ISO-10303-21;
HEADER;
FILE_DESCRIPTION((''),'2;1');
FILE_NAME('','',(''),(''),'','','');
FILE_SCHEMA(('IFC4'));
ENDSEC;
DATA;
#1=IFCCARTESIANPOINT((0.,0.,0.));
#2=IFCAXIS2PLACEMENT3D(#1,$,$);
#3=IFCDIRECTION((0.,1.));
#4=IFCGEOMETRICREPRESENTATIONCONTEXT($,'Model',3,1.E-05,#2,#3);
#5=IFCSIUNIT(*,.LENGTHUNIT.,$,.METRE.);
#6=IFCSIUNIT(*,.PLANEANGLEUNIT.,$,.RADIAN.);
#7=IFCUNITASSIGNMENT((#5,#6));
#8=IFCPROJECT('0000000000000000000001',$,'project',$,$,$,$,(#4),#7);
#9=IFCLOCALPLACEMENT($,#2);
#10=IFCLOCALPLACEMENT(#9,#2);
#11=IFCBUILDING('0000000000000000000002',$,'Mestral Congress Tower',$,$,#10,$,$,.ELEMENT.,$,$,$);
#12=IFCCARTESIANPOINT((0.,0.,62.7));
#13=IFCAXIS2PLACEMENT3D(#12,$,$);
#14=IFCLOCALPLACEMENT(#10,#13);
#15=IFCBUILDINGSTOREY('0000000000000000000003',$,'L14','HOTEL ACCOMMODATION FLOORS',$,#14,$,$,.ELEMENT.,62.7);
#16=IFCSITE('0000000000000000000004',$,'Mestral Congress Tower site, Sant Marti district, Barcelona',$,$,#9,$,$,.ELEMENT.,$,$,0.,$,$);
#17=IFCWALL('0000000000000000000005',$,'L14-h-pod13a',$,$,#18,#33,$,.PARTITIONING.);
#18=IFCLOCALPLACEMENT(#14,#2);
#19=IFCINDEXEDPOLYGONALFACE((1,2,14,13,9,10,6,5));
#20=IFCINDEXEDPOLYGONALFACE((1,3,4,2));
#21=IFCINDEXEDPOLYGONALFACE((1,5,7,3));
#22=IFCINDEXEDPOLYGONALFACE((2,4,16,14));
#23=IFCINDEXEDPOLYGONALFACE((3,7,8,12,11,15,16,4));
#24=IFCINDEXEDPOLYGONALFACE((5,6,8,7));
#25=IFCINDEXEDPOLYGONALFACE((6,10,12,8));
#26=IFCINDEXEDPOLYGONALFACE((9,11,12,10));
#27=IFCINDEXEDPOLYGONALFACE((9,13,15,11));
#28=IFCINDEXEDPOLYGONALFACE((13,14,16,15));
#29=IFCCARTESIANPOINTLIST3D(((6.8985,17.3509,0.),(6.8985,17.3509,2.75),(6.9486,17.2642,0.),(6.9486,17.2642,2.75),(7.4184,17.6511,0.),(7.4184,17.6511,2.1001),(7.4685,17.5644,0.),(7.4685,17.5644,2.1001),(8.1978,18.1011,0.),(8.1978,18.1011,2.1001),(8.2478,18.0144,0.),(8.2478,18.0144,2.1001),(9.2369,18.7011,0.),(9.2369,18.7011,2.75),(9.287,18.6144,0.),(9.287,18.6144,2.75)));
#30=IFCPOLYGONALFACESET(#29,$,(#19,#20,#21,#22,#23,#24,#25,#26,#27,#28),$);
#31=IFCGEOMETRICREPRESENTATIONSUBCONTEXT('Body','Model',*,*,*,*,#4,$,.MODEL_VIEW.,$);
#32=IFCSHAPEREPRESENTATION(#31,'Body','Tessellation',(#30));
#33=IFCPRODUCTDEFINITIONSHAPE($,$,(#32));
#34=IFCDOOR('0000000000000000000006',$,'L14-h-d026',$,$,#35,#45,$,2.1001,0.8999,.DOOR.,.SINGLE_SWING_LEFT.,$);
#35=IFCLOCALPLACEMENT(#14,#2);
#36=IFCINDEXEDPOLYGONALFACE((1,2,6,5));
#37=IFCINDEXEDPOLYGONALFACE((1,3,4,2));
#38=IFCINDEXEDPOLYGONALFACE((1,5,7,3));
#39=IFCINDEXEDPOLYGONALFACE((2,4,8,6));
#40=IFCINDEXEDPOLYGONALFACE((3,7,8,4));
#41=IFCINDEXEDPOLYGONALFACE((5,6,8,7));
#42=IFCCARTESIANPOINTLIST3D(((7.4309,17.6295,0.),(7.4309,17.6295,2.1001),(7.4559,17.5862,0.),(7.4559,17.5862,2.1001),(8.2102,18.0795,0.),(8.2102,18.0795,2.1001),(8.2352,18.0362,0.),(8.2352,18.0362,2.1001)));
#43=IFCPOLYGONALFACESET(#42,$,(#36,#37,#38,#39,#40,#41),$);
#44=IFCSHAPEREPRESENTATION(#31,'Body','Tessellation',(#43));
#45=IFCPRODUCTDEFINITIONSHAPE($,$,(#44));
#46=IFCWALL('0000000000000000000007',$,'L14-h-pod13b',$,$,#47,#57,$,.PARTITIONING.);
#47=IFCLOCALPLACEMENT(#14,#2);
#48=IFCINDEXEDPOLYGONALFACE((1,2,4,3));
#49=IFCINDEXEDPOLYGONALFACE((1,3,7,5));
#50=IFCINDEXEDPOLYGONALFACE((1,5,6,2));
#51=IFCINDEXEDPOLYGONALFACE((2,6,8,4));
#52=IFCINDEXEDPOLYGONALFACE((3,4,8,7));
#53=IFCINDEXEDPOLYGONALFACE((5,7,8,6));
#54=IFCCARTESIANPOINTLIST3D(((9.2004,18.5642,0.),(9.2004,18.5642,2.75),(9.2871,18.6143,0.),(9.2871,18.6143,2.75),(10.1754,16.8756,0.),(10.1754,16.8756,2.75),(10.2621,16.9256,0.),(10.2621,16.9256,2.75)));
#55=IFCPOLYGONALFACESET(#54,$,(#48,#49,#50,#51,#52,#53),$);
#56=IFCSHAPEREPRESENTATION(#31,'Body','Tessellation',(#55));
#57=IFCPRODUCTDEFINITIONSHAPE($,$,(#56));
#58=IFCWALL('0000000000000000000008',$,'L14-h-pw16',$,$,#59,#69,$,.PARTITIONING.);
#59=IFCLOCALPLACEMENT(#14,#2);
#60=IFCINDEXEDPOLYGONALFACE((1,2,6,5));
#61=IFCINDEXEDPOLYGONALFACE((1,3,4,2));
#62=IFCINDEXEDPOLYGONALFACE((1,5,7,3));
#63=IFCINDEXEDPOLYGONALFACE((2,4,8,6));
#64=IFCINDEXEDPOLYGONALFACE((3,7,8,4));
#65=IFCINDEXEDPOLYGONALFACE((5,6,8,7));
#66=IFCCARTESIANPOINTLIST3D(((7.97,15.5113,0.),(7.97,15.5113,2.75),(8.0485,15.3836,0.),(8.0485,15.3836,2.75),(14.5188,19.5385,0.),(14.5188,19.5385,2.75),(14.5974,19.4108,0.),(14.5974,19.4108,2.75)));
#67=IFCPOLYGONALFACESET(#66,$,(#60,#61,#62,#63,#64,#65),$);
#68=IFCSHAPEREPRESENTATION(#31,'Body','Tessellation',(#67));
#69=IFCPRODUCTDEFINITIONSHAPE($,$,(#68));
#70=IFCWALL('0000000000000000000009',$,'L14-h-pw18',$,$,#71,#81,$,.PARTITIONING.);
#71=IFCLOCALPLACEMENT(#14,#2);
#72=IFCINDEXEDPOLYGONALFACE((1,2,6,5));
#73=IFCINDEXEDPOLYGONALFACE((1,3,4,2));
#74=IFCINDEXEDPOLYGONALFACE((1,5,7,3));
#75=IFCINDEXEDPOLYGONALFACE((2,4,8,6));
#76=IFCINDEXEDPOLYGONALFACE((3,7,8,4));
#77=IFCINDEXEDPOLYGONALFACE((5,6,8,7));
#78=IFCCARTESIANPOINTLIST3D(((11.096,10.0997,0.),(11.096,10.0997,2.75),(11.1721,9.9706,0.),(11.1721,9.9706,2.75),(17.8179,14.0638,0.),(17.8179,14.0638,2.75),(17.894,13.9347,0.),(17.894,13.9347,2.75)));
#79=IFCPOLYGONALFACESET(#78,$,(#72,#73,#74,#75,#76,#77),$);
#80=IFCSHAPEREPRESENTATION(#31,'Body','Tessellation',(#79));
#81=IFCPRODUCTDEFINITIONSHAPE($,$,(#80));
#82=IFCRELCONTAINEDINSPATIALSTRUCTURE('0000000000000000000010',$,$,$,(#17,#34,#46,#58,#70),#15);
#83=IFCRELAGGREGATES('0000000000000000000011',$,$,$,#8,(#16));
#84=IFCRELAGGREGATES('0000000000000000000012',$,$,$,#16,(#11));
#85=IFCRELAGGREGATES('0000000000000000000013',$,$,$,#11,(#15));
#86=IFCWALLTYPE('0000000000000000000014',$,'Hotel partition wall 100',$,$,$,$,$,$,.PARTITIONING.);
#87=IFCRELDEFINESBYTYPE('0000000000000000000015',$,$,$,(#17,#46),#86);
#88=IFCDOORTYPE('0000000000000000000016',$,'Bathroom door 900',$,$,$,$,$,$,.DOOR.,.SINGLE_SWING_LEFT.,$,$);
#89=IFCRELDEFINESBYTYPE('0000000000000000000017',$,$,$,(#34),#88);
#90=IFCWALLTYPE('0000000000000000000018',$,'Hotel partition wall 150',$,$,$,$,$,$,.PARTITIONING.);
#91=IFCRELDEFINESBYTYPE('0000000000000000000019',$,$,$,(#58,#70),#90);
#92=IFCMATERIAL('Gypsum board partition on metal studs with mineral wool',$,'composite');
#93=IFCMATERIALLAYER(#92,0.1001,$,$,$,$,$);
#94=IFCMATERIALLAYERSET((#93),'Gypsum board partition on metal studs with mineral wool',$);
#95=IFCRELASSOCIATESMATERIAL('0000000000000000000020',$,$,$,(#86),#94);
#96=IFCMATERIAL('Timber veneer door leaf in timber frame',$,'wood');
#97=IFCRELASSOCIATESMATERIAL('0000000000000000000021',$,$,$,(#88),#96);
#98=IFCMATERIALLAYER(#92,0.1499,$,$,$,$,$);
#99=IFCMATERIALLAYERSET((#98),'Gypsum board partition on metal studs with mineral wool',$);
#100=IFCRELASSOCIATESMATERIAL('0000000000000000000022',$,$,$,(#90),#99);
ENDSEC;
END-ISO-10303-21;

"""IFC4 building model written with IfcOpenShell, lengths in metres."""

from ifc_helpers import new_model, si_unit, direction, frame, frame_2d, origin, place, context, subcontext, project, spatial, rectangle, extrude, material, layer, layer_set, type_object, element, fill, save


model = new_model("IFC4")

# Units and contexts
model_context = context("Model", 3, precision=1e-05, world=origin(), true_north=direction((0.0, 1.0)))
body_context = subcontext(model_context, "Body", "Model", "MODEL_VIEW")
ifc_project = project(units=[si_unit("LENGTHUNIT", "METRE"), si_unit("PLANEANGLEUNIT", "RADIAN")], contexts=[model_context])

# Site, building, storey
site_placement = place(None, origin())
site = spatial("IfcSite", under=ifc_project, at=site_placement, Name="Mestral Congress Tower site, Sant Marti district, Barcelona", CompositionType="ELEMENT", RefElevation=0.0)
building_placement = place(site_placement, origin())
building = spatial("IfcBuilding", under=site, at=building_placement, Name="Mestral Congress Tower", CompositionType="ELEMENT")
storey_placement = place(building_placement, frame((0.0, 0.0, 62.7)))
storey = spatial("IfcBuildingStorey", under=building, at=storey_placement, Name="L14", Description="HOTEL ACCOMMODATION FLOORS", CompositionType="ELEMENT", Elevation=62.7)

# Shared definitions
ifc_material_1 = material(Name="Gypsum board partition on metal studs with mineral wool", Category="composite")
ifc_layer_1 = layer(ifc_material_1, 0.1001)
ifc_layer_set_1 = layer_set([ifc_layer_1], Name="Gypsum board partition on metal studs with mineral wool")
wall_type_1 = type_object("IfcWallType", Name="Hotel partition wall 100", PredefinedType="PARTITIONING", material=ifc_layer_set_1)

# Wall, opening, door
wall_1_placement = place(storey_placement, frame((9.262, 18.6577, 0.0), z_axis=(0.0, 0.0, 1.0), x_axis=(-0.86602, -0.500009, 0.0)))
wall_1 = element("IfcWall", 1, at=wall_1_placement, inside=storey, type_object=wall_type_1, Name="L14-h-pod13a", PredefinedType="PARTITIONING", context=body_context, shape_type="SweptSolid", body=[
    extrude(rectangle(XDim=2.7002, YDim=0.1001, at=frame_2d((1.3501, 0.0))), origin(), (0.0, 0.0, 1.0), 2.75),
])
opening_1_placement = place(wall_1_placement, frame((1.2, 0.0, 0.0)))
opening_1 = element("IfcOpeningElement", 2, at=opening_1_placement, cuts=wall_1, PredefinedType="OPENING", context=body_context, shape_type="SweptSolid", body=[
    extrude(rectangle(XDim=0.8999, YDim=2.1001, at=frame_2d((0.45, 1.05))), frame((0.0, 0.0601, 0.0), z_axis=(0.0, -1.0, 0.0), x_axis=(1.0, 0.0, 0.0)), (0.0, 0.0, 1.0), 0.1201),
])
ifc_material_2 = material(Name="Timber veneer door leaf in timber frame", Category="wood")
door_type = type_object("IfcDoorType", Name="Bathroom door 900", OperationType="SINGLE_SWING_LEFT", PredefinedType="DOOR", material=ifc_material_2)
door_placement = place(opening_1_placement, origin())
door = element("IfcDoor", 3, at=door_placement, inside=storey, type_object=door_type, Name="L14-h-d026", OperationType="SINGLE_SWING_LEFT", OverallHeight=2.1001, OverallWidth=0.8999, PredefinedType="DOOR", context=body_context, shape_type="SweptSolid", body=[
    extrude(rectangle(XDim=0.8999, YDim=2.1001, at=frame_2d((0.45, 1.05))), frame((0.0, 0.0249, 0.0), z_axis=(0.0, -1.0, 0.0), x_axis=(1.0, 0.0, 0.0)), (0.0, 0.0, 1.0), 0.05),
])
fill(opening_1, door)

# Walls
wall_2_placement = place(storey_placement, frame((9.2437, 18.5894, 0.0), z_axis=(0.0, 0.0, 1.0), x_axis=(0.500044, -0.866, 0.0)))
element("IfcWall", 4, at=wall_2_placement, inside=storey, type_object=wall_type_1, Name="L14-h-pod13b", PredefinedType="PARTITIONING", context=body_context, shape_type="SweptSolid", body=[
    extrude(rectangle(XDim=1.95, YDim=0.1001, at=frame_2d((0.9751, 0.0))), origin(), (0.0, 0.0, 1.0), 2.75),
])
ifc_layer_2 = layer(ifc_material_1, 0.1499)
ifc_layer_set_2 = layer_set([ifc_layer_2], Name="Gypsum board partition on metal studs with mineral wool")
wall_type_2 = type_object("IfcWallType", Name="Hotel partition wall 150", PredefinedType="PARTITIONING", material=ifc_layer_set_2)
wall_3_placement = place(storey_placement, frame((14.5581, 19.4746, 0.0), z_axis=(0.0, 0.0, 1.0), x_axis=(-0.851829, -0.523819, 0.0)))
element("IfcWall", 5, at=wall_3_placement, inside=storey, type_object=wall_type_2, Name="L14-h-pw16", PredefinedType="PARTITIONING", context=body_context, shape_type="SweptSolid", body=[
    extrude(rectangle(XDim=7.688, YDim=0.1499, at=frame_2d((3.844, 0.0))), origin(), (0.0, 0.0, 1.0), 2.75),
])
wall_4_placement = place(storey_placement, frame((17.856, 13.9993, 0.0), z_axis=(0.0, 0.0, 1.0), x_axis=(-0.861372, -0.507975, 0.0)))
element("IfcWall", 6, at=wall_4_placement, inside=storey, type_object=wall_type_2, Name="L14-h-pw18", PredefinedType="PARTITIONING", context=body_context, shape_type="SweptSolid", body=[
    extrude(rectangle(XDim=7.8037, YDim=0.1499, at=frame_2d((3.9019, 0.0))), origin(), (0.0, 0.0, 1.0), 2.75),
])

save(model, "model.ifc")
